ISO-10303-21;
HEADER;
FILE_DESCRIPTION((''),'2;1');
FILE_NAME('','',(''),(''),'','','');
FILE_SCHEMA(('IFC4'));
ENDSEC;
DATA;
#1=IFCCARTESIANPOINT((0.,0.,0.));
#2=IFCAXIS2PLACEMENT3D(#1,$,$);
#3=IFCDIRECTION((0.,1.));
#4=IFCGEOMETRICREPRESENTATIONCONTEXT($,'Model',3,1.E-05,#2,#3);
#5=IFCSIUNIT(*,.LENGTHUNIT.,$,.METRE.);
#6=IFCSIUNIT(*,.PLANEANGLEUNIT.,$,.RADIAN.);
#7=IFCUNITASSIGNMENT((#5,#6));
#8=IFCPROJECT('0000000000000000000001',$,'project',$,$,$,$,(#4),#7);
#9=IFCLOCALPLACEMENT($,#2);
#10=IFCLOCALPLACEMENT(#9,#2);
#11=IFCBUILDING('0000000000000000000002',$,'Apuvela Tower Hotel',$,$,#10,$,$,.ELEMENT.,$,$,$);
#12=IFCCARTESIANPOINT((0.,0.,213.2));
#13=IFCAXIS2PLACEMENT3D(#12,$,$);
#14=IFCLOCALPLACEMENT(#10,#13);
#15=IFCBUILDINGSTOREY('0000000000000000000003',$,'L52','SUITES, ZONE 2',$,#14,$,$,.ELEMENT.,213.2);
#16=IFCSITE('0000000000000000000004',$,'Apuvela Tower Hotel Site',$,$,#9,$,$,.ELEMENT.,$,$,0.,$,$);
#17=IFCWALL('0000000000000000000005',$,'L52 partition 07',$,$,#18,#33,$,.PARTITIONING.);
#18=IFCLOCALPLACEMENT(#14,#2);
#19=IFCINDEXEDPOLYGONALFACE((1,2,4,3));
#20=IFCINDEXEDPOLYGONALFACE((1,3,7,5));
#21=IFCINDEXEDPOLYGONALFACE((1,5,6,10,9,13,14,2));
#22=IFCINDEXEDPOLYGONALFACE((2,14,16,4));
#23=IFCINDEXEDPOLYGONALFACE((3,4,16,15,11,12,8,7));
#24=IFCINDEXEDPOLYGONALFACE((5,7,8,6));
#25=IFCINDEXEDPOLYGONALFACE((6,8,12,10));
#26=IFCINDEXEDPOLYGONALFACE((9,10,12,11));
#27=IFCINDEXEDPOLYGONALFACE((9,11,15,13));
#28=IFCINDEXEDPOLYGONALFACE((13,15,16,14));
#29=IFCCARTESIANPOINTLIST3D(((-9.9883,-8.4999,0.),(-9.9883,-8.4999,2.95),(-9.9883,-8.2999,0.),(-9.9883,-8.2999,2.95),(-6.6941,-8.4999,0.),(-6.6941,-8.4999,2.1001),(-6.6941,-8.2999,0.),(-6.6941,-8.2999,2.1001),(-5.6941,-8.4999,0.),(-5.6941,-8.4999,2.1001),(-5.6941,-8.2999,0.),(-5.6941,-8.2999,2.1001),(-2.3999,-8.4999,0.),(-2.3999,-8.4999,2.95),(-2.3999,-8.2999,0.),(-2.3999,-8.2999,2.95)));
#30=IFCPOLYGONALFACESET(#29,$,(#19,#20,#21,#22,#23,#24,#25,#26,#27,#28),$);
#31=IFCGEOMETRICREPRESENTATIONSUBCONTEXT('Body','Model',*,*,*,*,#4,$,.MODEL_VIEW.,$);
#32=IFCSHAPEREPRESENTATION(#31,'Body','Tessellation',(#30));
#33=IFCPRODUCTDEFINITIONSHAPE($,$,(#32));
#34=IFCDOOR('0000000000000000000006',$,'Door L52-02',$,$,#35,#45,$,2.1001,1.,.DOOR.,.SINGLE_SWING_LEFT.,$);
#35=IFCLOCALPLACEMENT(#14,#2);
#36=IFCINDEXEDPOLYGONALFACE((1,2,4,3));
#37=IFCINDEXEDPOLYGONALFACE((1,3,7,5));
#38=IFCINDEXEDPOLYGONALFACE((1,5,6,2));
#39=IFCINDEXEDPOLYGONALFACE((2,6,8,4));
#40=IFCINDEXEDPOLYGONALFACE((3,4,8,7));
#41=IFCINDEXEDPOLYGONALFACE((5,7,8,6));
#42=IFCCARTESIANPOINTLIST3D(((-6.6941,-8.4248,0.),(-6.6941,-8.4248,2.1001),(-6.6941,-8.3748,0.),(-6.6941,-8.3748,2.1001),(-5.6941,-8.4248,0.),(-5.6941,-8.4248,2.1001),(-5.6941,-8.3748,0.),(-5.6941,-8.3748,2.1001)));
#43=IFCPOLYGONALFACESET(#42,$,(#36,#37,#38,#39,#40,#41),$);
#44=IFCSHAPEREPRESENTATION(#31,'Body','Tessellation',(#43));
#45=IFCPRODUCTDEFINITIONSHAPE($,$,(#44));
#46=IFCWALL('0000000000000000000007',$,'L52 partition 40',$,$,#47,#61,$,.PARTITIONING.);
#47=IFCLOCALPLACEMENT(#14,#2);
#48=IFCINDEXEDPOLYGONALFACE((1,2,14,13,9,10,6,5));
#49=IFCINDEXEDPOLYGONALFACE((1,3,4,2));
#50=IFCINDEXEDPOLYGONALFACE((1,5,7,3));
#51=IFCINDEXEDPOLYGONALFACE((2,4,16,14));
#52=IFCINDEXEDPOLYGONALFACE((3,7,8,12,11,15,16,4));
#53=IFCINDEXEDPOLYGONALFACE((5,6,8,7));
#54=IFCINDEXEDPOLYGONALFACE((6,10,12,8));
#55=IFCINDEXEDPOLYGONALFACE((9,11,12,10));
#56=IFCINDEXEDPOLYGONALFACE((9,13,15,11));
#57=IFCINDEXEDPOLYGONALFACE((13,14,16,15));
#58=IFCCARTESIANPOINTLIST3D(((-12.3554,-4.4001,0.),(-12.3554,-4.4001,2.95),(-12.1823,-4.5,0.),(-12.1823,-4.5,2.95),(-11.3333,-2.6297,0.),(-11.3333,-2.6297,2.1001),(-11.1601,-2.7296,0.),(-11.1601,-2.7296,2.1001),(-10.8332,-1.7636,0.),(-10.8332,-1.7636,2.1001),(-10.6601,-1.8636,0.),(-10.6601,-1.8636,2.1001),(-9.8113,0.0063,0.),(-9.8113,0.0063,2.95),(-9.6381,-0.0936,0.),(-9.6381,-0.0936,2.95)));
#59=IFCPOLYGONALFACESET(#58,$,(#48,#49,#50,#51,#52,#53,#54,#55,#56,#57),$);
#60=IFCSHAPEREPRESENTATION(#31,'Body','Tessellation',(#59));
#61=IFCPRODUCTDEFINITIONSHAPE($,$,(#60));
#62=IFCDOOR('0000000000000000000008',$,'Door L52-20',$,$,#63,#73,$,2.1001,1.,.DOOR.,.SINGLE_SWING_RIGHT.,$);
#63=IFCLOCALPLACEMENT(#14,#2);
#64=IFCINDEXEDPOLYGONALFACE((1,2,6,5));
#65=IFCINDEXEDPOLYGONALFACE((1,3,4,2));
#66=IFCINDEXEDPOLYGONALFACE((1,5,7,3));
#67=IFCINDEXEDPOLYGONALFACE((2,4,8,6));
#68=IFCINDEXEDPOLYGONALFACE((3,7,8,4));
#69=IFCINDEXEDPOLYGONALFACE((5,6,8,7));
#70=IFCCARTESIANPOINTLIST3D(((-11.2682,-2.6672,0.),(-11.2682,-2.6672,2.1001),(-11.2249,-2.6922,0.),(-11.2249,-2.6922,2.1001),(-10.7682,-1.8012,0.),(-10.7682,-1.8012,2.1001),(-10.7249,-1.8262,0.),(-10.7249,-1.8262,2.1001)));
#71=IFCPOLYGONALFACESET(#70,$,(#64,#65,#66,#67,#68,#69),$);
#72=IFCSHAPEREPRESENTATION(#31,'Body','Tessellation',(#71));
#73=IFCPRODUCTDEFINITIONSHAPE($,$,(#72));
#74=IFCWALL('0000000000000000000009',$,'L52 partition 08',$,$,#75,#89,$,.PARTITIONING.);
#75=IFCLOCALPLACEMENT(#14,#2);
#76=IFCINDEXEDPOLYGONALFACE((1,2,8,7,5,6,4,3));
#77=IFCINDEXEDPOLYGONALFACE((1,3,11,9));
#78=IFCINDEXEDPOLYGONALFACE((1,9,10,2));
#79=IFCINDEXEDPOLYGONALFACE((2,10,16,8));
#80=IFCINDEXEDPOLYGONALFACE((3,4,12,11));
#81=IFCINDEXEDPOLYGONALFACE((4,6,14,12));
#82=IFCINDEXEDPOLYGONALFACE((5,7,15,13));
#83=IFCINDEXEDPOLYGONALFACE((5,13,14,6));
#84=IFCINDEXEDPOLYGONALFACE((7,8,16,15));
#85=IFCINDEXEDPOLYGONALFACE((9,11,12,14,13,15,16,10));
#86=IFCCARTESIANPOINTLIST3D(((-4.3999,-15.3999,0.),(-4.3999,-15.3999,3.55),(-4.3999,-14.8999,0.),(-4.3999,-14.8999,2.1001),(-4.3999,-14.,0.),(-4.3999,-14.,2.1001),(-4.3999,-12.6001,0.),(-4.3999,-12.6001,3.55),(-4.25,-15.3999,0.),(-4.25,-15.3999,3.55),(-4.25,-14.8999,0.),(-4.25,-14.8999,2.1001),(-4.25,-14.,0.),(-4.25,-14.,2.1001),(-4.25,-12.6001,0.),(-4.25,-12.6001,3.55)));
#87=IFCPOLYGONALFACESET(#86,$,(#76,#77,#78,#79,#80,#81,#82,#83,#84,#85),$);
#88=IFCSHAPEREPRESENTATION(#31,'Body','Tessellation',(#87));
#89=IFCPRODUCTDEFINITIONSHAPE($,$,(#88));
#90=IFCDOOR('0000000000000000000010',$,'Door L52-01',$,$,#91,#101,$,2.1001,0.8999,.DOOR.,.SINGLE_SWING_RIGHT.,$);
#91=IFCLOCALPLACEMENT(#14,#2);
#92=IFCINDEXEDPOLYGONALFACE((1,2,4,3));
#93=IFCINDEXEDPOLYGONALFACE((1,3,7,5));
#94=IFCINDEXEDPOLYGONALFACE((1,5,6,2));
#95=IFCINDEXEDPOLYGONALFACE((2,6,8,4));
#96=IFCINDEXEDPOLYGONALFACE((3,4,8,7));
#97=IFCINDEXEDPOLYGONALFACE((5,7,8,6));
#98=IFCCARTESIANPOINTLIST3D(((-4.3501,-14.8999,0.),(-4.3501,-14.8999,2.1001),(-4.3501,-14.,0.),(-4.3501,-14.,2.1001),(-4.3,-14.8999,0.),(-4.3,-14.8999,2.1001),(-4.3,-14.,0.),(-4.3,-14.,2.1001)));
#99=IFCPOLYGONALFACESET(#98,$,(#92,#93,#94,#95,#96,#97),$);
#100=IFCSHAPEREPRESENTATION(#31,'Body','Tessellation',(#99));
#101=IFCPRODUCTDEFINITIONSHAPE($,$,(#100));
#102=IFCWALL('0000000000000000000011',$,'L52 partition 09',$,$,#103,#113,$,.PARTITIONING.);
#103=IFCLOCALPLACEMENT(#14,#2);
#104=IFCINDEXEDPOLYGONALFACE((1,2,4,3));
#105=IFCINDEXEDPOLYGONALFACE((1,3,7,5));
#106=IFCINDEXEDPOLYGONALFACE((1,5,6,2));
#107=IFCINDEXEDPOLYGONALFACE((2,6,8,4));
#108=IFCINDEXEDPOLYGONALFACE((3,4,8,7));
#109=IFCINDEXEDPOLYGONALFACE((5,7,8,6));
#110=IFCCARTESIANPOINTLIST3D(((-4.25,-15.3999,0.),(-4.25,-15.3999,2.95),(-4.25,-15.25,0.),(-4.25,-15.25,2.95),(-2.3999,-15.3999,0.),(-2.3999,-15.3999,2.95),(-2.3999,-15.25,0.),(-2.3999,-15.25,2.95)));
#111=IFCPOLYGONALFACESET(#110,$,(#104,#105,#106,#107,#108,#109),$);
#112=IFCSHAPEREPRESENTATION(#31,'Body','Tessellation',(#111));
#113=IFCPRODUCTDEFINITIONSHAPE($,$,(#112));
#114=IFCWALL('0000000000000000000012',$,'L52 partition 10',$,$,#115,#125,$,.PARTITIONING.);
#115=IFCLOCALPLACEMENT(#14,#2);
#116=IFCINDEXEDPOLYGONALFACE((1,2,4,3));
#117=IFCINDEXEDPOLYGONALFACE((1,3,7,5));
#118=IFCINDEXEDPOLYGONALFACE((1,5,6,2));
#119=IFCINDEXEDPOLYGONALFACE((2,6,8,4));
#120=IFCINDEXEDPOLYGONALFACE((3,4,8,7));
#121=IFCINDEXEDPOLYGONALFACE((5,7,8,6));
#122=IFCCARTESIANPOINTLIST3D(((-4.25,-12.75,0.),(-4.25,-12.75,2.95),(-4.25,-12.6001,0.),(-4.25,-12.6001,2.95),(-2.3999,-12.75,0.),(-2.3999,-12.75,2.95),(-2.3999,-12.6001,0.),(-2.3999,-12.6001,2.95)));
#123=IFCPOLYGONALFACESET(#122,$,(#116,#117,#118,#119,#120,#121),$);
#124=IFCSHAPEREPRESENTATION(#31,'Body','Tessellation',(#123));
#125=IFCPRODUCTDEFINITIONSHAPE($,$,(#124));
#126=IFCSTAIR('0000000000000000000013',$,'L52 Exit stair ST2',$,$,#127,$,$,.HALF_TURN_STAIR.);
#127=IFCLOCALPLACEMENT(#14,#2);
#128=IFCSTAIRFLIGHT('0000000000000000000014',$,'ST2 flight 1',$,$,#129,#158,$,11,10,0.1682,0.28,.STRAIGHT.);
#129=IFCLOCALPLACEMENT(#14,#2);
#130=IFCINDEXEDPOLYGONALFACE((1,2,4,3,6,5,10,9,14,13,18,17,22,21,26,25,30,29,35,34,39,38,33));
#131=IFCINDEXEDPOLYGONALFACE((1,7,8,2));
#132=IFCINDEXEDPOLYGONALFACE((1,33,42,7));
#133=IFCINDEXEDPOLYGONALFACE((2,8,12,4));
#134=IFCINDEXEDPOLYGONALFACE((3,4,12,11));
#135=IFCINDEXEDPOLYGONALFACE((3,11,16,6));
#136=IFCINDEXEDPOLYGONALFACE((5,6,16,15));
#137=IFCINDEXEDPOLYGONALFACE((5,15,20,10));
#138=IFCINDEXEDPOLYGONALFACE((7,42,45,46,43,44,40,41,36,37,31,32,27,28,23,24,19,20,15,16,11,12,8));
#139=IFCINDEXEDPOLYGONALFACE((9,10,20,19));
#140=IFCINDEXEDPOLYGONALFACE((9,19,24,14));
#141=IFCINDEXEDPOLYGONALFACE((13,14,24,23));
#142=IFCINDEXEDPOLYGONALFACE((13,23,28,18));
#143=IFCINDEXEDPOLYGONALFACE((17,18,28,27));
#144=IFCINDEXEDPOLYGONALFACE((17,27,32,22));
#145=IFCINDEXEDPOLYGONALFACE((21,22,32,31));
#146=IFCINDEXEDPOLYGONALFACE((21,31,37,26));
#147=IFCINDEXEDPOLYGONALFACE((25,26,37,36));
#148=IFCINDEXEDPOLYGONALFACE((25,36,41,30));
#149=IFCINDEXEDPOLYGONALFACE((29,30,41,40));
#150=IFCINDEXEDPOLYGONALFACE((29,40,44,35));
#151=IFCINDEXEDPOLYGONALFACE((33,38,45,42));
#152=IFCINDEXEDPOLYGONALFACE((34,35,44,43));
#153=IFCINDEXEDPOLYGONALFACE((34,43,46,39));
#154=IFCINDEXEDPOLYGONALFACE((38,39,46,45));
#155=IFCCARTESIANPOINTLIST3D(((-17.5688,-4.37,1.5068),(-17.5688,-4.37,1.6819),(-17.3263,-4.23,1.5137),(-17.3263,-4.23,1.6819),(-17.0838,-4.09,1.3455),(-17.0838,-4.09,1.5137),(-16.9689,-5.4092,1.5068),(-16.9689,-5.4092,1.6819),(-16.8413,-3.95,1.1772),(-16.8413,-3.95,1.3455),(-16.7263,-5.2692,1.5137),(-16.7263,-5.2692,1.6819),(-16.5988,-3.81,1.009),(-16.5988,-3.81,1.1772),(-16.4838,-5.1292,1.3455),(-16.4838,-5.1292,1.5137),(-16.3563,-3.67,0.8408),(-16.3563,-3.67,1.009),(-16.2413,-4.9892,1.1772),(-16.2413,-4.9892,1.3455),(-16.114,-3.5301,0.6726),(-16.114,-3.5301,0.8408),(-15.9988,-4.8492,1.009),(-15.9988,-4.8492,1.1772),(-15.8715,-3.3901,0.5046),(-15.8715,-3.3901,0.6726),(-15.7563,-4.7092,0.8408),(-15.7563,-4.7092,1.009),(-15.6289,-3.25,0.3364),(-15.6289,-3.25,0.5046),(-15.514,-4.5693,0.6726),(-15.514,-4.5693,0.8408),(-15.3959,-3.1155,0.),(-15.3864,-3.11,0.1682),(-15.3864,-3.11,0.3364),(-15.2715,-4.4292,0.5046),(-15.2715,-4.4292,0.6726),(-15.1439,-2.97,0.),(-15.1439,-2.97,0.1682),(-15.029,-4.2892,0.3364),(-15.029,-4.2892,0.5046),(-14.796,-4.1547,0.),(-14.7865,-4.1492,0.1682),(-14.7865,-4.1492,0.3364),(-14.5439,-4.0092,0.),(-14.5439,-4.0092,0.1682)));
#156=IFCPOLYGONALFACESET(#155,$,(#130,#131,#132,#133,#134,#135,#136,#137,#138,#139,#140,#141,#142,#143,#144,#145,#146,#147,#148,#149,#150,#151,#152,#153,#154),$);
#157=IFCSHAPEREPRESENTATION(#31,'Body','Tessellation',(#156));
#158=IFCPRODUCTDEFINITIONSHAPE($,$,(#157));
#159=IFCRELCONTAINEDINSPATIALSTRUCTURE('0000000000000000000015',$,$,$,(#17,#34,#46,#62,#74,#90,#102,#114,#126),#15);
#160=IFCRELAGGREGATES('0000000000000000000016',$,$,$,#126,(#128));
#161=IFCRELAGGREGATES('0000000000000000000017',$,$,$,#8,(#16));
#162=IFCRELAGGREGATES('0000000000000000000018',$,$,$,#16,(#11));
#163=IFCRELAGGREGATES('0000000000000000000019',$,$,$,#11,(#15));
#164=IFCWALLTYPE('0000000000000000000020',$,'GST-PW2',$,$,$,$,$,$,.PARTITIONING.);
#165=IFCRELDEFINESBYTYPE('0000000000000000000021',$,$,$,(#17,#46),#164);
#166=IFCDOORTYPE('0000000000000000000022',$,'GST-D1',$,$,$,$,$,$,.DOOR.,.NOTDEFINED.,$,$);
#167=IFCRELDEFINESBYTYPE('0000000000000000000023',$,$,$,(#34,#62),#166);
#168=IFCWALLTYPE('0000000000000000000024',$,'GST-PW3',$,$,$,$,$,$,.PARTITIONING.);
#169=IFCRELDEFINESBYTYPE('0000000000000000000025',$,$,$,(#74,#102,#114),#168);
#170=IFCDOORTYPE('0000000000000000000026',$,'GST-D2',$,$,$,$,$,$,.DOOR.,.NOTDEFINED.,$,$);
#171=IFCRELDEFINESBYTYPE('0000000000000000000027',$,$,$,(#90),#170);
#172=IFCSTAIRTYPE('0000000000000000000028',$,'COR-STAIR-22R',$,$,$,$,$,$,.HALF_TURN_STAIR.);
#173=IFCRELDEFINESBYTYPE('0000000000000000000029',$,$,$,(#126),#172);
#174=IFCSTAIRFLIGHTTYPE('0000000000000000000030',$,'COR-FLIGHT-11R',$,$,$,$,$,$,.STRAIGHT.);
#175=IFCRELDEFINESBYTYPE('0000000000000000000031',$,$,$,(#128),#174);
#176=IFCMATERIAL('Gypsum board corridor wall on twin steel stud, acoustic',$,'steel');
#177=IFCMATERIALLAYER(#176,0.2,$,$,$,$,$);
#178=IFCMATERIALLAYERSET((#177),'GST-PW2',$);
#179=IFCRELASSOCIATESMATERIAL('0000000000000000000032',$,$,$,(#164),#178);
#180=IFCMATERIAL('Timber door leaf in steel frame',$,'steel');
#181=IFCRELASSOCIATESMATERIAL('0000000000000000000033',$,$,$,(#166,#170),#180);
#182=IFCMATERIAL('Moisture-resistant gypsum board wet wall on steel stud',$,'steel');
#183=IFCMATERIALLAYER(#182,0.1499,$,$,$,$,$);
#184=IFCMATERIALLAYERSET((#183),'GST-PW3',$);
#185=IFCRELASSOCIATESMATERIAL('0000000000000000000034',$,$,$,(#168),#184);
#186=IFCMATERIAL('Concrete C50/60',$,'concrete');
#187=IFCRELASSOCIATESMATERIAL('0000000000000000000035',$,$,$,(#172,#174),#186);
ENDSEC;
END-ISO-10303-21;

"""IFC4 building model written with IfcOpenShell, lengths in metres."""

from ifc_helpers import new_model, si_unit, direction, frame, frame_2d, origin, place, context, subcontext, project, spatial, polyline, rectangle, outline, extrude, material, layer, layer_set, type_object, element, fill, aggregate, save


model = new_model("IFC4")

# Units and contexts
model_context = context("Model", 3, precision=1e-05, world=origin(), true_north=direction((0.0, 1.0)))
body_context = subcontext(model_context, "Body", "Model", "MODEL_VIEW")
ifc_project = project(units=[si_unit("LENGTHUNIT", "METRE"), si_unit("PLANEANGLEUNIT", "RADIAN")], contexts=[model_context])

# Site, building, storey
site_placement = place(None, origin())
site = spatial("IfcSite", under=ifc_project, at=site_placement, Name="Apuvela Tower Hotel Site", CompositionType="ELEMENT", RefElevation=0.0)
building_placement = place(site_placement, origin())
building = spatial("IfcBuilding", under=site, at=building_placement, Name="Apuvela Tower Hotel", CompositionType="ELEMENT")
storey_placement = place(building_placement, frame((0.0, 0.0, 213.2)))
storey = spatial("IfcBuildingStorey", under=building, at=storey_placement, Name="L52", Description="SUITES, ZONE 2", CompositionType="ELEMENT", Elevation=213.2)

# Shared definitions
ifc_material_1 = material(Name="Concrete C50/60", Category="concrete")

# Walls, openings, doors
ifc_material_2 = material(Name="Gypsum board corridor wall on twin steel stud, acoustic", Category="steel")
ifc_layer_1 = layer(ifc_material_2, 0.2)
ifc_layer_set_1 = layer_set([ifc_layer_1], Name="GST-PW2")
wall_type_1 = type_object("IfcWallType", Name="GST-PW2", PredefinedType="PARTITIONING", material=ifc_layer_set_1)
wall_1_placement = place(storey_placement, frame((-2.3999, -8.3999, 0.0), z_axis=(0.0, 0.0, 1.0), x_axis=(-1.0, 0.0, 0.0)))
wall_1 = element("IfcWall", 1, at=wall_1_placement, inside=storey, type_object=wall_type_1, Name="L52 partition 07", PredefinedType="PARTITIONING", context=body_context, shape_type="SweptSolid", body=[
    extrude(rectangle(XDim=7.5884, YDim=0.2, at=frame_2d((3.7942, 0.0))), origin(), (0.0, 0.0, 1.0), 2.95),
])
opening_1_placement = place(wall_1_placement, frame((3.2942, 0.0, 0.0)))
opening_1 = element("IfcOpeningElement", 2, at=opening_1_placement, cuts=wall_1, PredefinedType="OPENING", context=body_context, shape_type="SweptSolid", body=[
    extrude(rectangle(XDim=1.0, YDim=2.1001, at=frame_2d((0.5, 1.05))), frame((0.0, 0.1099, 0.0), z_axis=(0.0, -1.0, 0.0), x_axis=(1.0, 0.0, 0.0)), (0.0, 0.0, 1.0), 0.22),
])
ifc_material_3 = material(Name="Timber door leaf in steel frame", Category="steel")
door_type_1 = type_object("IfcDoorType", Name="GST-D1", OperationType="NOTDEFINED", PredefinedType="DOOR", material=ifc_material_3)
door_1_placement = place(opening_1_placement, origin())
door_1 = element("IfcDoor", 3, at=door_1_placement, inside=storey, type_object=door_type_1, Name="Door L52-02", OperationType="SINGLE_SWING_LEFT", OverallHeight=2.1001, OverallWidth=1.0, PredefinedType="DOOR", context=body_context, shape_type="SweptSolid", body=[
    extrude(rectangle(XDim=1.0, YDim=2.1001, at=frame_2d((0.5, 1.05))), frame((0.0, 0.0249, 0.0), z_axis=(0.0, -1.0, 0.0), x_axis=(1.0, 0.0, 0.0)), (0.0, 0.0, 1.0), 0.05),
])
fill(opening_1, door_1)
wall_2_placement = place(storey_placement, frame((-12.2688, -4.45, 0.0), z_axis=(0.0, 0.0, 1.0), x_axis=(0.500015, 0.866017, 0.0)))
wall_2 = element("IfcWall", 4, at=wall_2_placement, inside=storey, type_object=wall_type_1, Name="L52 partition 40", PredefinedType="PARTITIONING", context=body_context, shape_type="SweptSolid", body=[
    extrude(rectangle(XDim=5.0881, YDim=0.2, at=frame_2d((2.5439, 0.0))), origin(), (0.0, 0.0, 1.0), 2.95),
])
opening_2_placement = place(wall_2_placement, frame((2.0442, 0.0, 0.0)))
opening_2 = element("IfcOpeningElement", 5, at=opening_2_placement, cuts=wall_2, PredefinedType="OPENING", context=body_context, shape_type="SweptSolid", body=[
    extrude(rectangle(XDim=1.0, YDim=2.1001, at=frame_2d((0.5, 1.05))), frame((0.0, 0.1099, 0.0), z_axis=(0.0, -1.0, 0.0), x_axis=(1.0, 0.0, 0.0)), (0.0, 0.0, 1.0), 0.22),
])
door_2_placement = place(opening_2_placement, origin())
door_2 = element("IfcDoor", 6, at=door_2_placement, inside=storey, type_object=door_type_1, Name="Door L52-20", OperationType="SINGLE_SWING_RIGHT", OverallHeight=2.1001, OverallWidth=1.0, PredefinedType="DOOR", context=body_context, shape_type="SweptSolid", body=[
    extrude(rectangle(XDim=1.0, YDim=2.1001, at=frame_2d((0.5, 1.05))), frame((0.0, 0.0249, 0.0), z_axis=(0.0, -1.0, 0.0), x_axis=(1.0, 0.0, 0.0)), (0.0, 0.0, 1.0), 0.05),
])
fill(opening_2, door_2)
ifc_material_4 = material(Name="Moisture-resistant gypsum board wet wall on steel stud", Category="steel")
ifc_layer_2 = layer(ifc_material_4, 0.1499)
ifc_layer_set_2 = layer_set([ifc_layer_2], Name="GST-PW3")
wall_type_2 = type_object("IfcWallType", Name="GST-PW3", PredefinedType="PARTITIONING", material=ifc_layer_set_2)
wall_3_placement = place(storey_placement, frame((-4.325, -12.6001, 0.0), z_axis=(0.0, 0.0, 1.0), x_axis=(0.0, -1.0, 0.0)))
wall_3 = element("IfcWall", 7, at=wall_3_placement, inside=storey, type_object=wall_type_2, Name="L52 partition 08", PredefinedType="PARTITIONING", context=body_context, shape_type="SweptSolid", body=[
    extrude(rectangle(XDim=2.7998, YDim=0.1499, at=frame_2d((1.3999, 0.0))), origin(), (0.0, 0.0, 1.0), 3.55),
])
opening_3_placement = place(wall_3_placement, frame((1.3999, 0.0, 0.0)))
opening_3 = element("IfcOpeningElement", 8, at=opening_3_placement, cuts=wall_3, PredefinedType="OPENING", context=body_context, shape_type="SweptSolid", body=[
    extrude(rectangle(XDim=0.8999, YDim=2.1001, at=frame_2d((0.45, 1.05))), frame((0.0, 0.085, 0.0), z_axis=(0.0, -1.0, 0.0), x_axis=(1.0, 0.0, 0.0)), (0.0, 0.0, 1.0), 0.1699),
])
door_type_2 = type_object("IfcDoorType", Name="GST-D2", OperationType="NOTDEFINED", PredefinedType="DOOR", material=ifc_material_3)
door_3_placement = place(opening_3_placement, origin())
door_3 = element("IfcDoor", 9, at=door_3_placement, inside=storey, type_object=door_type_2, Name="Door L52-01", OperationType="SINGLE_SWING_RIGHT", OverallHeight=2.1001, OverallWidth=0.8999, PredefinedType="DOOR", context=body_context, shape_type="SweptSolid", body=[
    extrude(rectangle(XDim=0.8999, YDim=2.1001, at=frame_2d((0.45, 1.05))), frame((0.0, 0.0249, 0.0), z_axis=(0.0, -1.0, 0.0), x_axis=(1.0, 0.0, 0.0)), (0.0, 0.0, 1.0), 0.05),
])
fill(opening_3, door_3)

# Walls
for number, where, z_axis, x_axis, name in (
    (10, (-4.25, -15.325, 0.0), (0.0, 0.0, 1.0), (1.0, 0.0, 0.0), "L52 partition 09"),
    (11, (-4.25, -12.675, 0.0), (0.0, 0.0, 1.0), (1.0, 0.0, 0.0), "L52 partition 10"),
):
    element("IfcWall", number, at=place(storey_placement, frame(where, z_axis=z_axis, x_axis=x_axis)), inside=storey, type_object=wall_type_2, Name=name, PredefinedType="PARTITIONING", context=body_context, shape_type="SweptSolid", body=[
        extrude(rectangle(XDim=1.8501, YDim=0.1499, at=frame_2d((0.925, 0.0))), origin(), (0.0, 0.0, 1.0), 2.95),
    ])

# Stair, stair flight
stair_type = type_object("IfcStairType", Name="COR-STAIR-22R", PredefinedType="HALF_TURN_STAIR", material=ifc_material_1)
stair_placement = place(storey_placement, origin())
stair = element("IfcStair", 12, at=stair_placement, inside=storey, type_object=stair_type, Name="L52 Exit stair ST2", PredefinedType="HALF_TURN_STAIR")
stair_flight_type = type_object("IfcStairFlightType", Name="COR-FLIGHT-11R", PredefinedType="STRAIGHT", material=ifc_material_1)
stair_flight_placement = place(storey_placement, frame((-14.844, -3.4895, 0.0), z_axis=(0.0, 0.0, 1.0), x_axis=(-0.866025, -0.5, 0.0)))
stair_flight = element("IfcStairFlight", 13, at=stair_flight_placement, type_object=stair_flight_type, Name="ST2 flight 1", NumberOfRisers=11, NumberOfTreads=10, PredefinedType="STRAIGHT", RiserHeight=0.1682, TreadLength=0.28, context=body_context, shape_type="SweptSolid", body=[
    extrude(outline(polyline([(0.0, 0.0), (0.0, 0.1682), (0.28, 0.1682), (0.28, 0.3364), (0.5601, 0.3364), (0.5601, 0.5046), (0.8401, 0.5046), (0.8401, 0.6726), (1.1201, 0.6726), (1.1201, 0.8408), (1.3999, 0.8408), (1.3999, 1.009), (1.6799, 1.009), (1.6799, 1.1772), (1.96, 1.1772), (1.96, 1.3455), (2.24, 1.3455), (2.24, 1.5137), (2.52, 1.5137), (2.52, 1.6819), (2.8, 1.6819), (2.8, 1.8501), (2.8, 1.5068), (0.291, 0.0), (0.0, 0.0)])), frame((0.0, 0.6001, 0.0), z_axis=(0.0, -1.0, 0.0), x_axis=(1.0, 0.0, 0.0)), (0.0, 0.0, 1.0), 1.2),
])
aggregate(stair, [stair_flight])

save(model, "model.ifc")
